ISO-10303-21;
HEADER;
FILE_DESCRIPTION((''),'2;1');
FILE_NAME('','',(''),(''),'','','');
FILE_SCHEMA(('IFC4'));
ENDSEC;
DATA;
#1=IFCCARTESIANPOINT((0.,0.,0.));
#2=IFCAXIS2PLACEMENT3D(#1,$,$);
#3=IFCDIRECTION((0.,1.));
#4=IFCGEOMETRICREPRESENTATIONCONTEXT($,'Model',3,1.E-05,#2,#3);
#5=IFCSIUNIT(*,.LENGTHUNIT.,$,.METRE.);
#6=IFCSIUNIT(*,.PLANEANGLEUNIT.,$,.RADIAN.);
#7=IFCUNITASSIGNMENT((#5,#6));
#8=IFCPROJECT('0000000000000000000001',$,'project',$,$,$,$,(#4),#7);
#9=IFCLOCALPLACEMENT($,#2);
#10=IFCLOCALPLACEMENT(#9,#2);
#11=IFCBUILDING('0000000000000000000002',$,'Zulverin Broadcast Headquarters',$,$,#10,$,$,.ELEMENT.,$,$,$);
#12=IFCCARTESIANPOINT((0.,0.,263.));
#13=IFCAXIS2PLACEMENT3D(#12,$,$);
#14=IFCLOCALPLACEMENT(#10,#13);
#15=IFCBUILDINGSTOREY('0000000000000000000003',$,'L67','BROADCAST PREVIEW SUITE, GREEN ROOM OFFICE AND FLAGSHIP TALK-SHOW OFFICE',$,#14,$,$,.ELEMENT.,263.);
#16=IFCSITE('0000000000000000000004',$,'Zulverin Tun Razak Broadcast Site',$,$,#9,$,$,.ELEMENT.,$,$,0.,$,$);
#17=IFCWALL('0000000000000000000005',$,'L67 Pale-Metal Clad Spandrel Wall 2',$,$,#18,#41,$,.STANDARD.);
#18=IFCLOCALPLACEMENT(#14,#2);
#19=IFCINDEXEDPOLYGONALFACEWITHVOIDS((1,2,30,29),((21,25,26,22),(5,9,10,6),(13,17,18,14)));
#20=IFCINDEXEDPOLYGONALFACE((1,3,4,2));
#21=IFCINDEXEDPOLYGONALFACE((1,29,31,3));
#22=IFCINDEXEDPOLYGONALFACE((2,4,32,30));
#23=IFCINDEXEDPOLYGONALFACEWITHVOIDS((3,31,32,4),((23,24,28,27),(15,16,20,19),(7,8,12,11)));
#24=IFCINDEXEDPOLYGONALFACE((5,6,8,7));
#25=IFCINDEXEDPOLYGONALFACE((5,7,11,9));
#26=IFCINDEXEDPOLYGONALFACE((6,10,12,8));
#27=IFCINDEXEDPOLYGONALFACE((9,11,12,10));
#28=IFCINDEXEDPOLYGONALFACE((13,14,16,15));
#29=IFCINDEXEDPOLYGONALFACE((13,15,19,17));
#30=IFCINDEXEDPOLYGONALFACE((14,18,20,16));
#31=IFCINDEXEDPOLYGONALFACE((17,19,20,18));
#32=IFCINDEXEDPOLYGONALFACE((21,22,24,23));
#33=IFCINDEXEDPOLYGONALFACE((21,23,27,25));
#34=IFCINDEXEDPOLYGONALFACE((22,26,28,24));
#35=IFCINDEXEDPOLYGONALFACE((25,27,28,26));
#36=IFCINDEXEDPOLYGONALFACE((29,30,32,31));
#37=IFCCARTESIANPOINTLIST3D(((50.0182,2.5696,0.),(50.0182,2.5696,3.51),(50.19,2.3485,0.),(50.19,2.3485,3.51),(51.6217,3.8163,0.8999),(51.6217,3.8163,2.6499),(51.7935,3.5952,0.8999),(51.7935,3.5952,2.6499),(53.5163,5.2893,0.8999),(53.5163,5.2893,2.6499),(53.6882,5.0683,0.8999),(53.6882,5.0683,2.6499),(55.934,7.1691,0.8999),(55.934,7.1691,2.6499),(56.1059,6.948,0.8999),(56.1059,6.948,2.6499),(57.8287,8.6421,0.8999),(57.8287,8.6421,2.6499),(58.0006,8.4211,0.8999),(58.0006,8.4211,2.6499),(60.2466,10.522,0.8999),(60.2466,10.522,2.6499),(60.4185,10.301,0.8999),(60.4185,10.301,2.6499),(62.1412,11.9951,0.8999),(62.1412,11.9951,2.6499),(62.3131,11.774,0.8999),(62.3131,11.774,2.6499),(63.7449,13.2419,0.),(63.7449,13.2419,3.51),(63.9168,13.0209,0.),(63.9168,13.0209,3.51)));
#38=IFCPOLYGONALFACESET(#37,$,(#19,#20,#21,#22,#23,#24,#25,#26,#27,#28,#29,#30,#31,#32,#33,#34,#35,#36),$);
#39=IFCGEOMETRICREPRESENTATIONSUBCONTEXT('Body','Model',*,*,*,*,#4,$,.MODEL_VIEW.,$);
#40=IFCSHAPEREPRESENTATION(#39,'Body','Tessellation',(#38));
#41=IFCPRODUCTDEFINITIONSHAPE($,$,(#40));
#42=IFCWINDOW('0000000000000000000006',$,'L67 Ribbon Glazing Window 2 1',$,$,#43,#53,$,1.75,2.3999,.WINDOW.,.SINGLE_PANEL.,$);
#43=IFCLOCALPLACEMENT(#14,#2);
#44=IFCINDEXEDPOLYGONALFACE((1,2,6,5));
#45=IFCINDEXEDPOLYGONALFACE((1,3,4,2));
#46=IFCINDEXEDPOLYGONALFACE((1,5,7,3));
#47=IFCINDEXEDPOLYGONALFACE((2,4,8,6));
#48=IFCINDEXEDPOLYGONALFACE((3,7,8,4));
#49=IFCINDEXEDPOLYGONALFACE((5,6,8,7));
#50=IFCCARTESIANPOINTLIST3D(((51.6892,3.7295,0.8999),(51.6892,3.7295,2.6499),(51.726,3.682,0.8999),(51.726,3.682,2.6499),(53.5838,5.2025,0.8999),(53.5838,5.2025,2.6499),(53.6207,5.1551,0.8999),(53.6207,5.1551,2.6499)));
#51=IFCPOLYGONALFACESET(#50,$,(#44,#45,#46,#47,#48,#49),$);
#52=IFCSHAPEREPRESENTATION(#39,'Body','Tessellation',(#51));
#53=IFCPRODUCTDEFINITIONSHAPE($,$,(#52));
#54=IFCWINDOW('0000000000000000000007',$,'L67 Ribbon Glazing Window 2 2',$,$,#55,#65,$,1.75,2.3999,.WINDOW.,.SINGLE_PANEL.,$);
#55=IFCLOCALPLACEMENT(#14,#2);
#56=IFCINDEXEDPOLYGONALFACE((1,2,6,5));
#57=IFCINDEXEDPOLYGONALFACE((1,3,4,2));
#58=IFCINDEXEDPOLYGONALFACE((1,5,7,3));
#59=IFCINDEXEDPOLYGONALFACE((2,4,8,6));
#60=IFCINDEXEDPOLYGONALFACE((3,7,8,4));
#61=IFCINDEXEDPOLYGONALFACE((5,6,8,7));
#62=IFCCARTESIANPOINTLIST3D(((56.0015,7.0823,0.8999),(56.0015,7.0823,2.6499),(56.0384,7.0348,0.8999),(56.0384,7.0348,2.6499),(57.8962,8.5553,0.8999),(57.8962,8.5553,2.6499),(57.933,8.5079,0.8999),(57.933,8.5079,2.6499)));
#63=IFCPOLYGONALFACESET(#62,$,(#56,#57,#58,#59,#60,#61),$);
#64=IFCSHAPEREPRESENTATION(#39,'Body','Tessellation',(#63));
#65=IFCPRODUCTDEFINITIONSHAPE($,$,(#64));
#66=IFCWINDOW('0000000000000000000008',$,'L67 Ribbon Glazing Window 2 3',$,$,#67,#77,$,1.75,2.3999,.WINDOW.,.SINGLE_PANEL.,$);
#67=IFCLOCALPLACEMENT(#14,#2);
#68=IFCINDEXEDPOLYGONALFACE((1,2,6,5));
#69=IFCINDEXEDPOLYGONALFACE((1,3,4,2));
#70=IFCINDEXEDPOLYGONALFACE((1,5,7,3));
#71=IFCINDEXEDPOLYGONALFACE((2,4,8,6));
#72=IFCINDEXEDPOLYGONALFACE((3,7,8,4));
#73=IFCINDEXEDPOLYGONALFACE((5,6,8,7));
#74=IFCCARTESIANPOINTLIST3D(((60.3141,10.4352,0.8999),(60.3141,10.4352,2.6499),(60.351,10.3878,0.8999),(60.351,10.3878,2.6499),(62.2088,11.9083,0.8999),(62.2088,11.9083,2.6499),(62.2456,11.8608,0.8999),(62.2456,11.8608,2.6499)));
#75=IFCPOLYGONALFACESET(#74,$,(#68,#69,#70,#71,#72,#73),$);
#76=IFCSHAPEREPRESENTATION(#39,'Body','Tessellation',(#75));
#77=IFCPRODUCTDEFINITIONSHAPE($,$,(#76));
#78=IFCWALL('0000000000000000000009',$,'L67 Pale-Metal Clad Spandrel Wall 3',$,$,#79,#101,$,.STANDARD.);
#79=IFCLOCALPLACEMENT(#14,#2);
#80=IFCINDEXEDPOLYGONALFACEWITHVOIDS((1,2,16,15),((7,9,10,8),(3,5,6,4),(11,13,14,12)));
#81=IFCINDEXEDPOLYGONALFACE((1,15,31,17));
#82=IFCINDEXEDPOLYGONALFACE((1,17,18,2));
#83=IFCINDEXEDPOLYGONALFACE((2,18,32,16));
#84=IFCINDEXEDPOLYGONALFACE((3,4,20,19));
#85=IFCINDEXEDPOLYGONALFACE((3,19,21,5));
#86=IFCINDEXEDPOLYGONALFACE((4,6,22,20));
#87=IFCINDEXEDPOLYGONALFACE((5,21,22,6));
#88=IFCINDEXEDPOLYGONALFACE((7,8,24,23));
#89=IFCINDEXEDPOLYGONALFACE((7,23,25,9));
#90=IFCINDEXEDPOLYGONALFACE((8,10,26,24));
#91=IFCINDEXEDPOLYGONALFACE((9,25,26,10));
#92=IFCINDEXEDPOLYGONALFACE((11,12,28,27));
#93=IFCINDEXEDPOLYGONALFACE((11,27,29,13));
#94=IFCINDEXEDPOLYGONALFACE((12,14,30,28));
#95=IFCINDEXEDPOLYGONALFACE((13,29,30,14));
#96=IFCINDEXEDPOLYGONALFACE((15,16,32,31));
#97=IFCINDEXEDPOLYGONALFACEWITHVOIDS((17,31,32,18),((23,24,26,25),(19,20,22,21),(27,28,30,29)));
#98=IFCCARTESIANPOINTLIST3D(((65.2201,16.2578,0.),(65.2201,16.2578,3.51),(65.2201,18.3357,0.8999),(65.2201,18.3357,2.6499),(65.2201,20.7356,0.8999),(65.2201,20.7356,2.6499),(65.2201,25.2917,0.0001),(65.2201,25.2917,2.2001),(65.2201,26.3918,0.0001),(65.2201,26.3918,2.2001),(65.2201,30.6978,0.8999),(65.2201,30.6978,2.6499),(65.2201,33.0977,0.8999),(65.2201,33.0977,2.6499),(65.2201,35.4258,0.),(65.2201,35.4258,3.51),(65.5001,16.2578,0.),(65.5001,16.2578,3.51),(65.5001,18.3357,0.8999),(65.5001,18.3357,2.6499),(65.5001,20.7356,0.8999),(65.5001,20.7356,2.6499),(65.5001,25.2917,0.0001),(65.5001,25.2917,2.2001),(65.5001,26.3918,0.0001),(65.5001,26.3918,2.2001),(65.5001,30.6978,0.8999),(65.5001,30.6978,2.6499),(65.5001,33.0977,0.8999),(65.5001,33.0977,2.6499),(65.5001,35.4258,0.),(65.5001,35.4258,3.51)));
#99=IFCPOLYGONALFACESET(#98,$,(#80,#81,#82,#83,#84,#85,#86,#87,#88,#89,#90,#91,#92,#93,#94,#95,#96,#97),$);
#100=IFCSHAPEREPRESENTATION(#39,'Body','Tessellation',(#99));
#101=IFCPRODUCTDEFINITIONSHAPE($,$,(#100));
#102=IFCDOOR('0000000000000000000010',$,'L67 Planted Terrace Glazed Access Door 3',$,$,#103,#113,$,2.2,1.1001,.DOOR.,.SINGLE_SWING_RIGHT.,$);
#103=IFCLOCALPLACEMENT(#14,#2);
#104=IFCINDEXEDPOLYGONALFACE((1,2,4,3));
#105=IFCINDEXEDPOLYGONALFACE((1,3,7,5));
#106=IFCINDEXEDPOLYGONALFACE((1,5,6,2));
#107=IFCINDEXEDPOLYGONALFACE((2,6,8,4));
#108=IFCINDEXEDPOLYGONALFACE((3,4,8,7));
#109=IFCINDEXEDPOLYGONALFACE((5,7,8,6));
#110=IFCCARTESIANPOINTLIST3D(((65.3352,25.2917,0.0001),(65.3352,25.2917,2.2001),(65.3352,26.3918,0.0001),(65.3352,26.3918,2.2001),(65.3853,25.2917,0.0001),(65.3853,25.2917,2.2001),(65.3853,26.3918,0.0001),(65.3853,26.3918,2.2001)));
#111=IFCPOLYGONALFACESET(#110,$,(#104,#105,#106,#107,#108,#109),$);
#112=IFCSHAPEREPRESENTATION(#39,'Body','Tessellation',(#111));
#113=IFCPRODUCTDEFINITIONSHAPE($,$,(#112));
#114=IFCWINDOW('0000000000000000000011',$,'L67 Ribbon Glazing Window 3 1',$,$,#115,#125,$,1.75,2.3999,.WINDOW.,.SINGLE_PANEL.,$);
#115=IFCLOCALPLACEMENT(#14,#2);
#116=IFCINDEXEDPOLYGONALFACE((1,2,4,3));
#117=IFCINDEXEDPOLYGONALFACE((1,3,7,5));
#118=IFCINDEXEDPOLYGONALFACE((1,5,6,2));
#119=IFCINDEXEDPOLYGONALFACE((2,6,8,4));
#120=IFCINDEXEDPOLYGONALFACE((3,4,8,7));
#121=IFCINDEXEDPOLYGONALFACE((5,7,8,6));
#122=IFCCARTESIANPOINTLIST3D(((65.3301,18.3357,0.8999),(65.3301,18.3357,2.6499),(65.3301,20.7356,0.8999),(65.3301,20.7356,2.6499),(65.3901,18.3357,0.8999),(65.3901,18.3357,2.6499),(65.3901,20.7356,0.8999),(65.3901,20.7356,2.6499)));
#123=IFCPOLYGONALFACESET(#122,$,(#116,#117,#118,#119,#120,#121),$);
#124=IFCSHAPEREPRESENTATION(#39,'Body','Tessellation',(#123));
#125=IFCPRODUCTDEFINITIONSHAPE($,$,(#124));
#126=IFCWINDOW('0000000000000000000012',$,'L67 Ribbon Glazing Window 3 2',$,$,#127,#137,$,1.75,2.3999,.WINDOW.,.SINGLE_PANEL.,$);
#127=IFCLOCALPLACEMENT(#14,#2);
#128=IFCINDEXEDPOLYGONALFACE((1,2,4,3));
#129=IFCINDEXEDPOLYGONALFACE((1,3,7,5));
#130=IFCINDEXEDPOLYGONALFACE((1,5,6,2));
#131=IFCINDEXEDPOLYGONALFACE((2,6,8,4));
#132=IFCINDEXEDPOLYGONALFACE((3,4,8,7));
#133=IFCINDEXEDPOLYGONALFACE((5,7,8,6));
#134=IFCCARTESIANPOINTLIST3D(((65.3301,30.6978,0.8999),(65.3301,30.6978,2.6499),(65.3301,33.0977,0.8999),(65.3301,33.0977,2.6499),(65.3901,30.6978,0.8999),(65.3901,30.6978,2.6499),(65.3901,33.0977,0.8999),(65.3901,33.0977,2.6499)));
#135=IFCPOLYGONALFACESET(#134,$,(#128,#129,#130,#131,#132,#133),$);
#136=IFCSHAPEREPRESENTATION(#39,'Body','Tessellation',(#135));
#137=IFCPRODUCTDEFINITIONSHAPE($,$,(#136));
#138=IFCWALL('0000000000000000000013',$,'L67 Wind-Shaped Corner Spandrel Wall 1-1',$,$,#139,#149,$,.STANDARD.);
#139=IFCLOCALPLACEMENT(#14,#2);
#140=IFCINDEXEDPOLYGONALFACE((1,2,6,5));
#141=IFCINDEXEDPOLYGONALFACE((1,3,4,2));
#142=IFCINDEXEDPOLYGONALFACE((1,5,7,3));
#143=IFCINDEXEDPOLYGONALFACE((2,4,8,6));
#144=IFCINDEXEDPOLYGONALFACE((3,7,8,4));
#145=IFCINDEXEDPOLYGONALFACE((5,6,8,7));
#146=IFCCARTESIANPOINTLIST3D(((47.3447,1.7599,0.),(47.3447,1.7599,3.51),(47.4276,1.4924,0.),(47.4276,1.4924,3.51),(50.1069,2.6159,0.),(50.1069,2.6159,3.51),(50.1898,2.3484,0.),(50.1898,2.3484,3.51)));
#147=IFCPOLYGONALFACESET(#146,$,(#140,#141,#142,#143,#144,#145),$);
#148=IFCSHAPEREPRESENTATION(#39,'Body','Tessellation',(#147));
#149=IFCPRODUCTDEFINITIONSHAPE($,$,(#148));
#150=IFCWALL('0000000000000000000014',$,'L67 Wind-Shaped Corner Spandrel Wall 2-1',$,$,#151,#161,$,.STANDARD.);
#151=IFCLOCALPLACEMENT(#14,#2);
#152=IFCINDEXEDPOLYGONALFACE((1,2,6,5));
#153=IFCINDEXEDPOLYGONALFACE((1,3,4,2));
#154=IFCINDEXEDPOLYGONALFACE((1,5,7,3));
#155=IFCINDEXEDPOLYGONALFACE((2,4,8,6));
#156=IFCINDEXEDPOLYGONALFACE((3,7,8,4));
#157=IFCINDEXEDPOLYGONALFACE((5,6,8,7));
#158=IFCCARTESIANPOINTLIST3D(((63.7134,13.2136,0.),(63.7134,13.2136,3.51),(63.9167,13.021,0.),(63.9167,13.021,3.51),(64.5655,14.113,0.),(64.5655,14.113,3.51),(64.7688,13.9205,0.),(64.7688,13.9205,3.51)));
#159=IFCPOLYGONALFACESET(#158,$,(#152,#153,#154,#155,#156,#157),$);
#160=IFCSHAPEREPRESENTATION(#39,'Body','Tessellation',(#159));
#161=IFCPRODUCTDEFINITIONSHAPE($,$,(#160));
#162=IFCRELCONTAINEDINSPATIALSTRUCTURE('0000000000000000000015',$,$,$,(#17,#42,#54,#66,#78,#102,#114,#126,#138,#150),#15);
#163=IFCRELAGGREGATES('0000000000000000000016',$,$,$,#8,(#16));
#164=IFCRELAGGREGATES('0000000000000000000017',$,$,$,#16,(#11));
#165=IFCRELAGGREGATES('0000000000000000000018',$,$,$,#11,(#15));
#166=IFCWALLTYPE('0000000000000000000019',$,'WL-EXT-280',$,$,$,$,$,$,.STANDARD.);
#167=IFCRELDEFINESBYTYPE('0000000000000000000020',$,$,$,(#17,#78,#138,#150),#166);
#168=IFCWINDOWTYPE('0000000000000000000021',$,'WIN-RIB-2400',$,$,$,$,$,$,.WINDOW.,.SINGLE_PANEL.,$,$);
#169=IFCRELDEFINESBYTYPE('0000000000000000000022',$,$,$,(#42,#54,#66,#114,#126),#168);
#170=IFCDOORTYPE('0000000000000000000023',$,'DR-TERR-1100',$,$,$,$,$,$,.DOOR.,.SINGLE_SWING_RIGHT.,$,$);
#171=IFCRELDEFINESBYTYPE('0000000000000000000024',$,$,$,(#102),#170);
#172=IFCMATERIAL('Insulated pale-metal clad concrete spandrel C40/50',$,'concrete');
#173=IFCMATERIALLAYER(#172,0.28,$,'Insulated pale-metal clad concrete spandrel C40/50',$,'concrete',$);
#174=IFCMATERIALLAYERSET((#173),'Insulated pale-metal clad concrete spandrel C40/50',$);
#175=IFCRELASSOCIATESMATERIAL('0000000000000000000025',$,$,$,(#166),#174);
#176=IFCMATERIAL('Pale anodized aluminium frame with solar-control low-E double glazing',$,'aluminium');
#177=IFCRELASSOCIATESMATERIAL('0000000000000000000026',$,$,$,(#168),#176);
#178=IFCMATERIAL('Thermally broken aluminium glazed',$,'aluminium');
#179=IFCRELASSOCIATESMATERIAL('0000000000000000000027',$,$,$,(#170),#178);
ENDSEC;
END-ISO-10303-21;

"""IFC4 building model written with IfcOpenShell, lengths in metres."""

from ifc_helpers import new_model, si_unit, direction, frame, frame_2d, origin, place, context, subcontext, project, spatial, rectangle, extrude, material, layer, layer_set, type_object, element, fill, save


model = new_model("IFC4")

# Units and contexts
model_context = context("Model", 3, precision=1e-05, world=origin(), true_north=direction((0.0, 1.0)))
body_context = subcontext(model_context, "Body", "Model", "MODEL_VIEW")
ifc_project = project(units=[si_unit("LENGTHUNIT", "METRE"), si_unit("PLANEANGLEUNIT", "RADIAN")], contexts=[model_context])

# Site, building, storey
site_placement = place(None, origin())
site = spatial("IfcSite", under=ifc_project, at=site_placement, Name="Zulverin Tun Razak Broadcast Site", CompositionType="ELEMENT", RefElevation=0.0)
building_placement = place(site_placement, origin())
building = spatial("IfcBuilding", under=site, at=building_placement, Name="Zulverin Broadcast Headquarters", CompositionType="ELEMENT")
storey_placement = place(building_placement, frame((0.0, 0.0, 263.0)))
storey = spatial("IfcBuildingStorey", under=building, at=storey_placement, Name="L67", Description="BROADCAST PREVIEW SUITE, GREEN ROOM OFFICE AND FLAGSHIP TALK-SHOW OFFICE", CompositionType="ELEMENT", Elevation=263.0)

# Wall, openings, windows
ifc_material_1 = material(Name="Insulated pale-metal clad concrete spandrel C40/50", Category="concrete")
ifc_layer_1 = layer(ifc_material_1, 0.28, Name="Insulated pale-metal clad concrete spandrel C40/50", Category="concrete")
ifc_layer_set_1 = layer_set([ifc_layer_1], Name="Insulated pale-metal clad concrete spandrel C40/50")
wall_type_1 = type_object("IfcWallType", Name="WL-EXT-280", PredefinedType="STANDARD", material=ifc_layer_set_1)
wall_1_placement = place(storey_placement, frame((50.104, 2.459, 0.0), z_axis=(0.0, 0.0, 1.0), x_axis=(0.789465, 0.613796, 0.0)))
wall_1 = element("IfcWall", 1, at=wall_1_placement, inside=storey, type_object=wall_type_1, Name="L67 Pale-Metal Clad Spandrel Wall 2", PredefinedType="STANDARD", context=body_context, shape_type="SweptSolid", body=[
    extrude(rectangle(XDim=17.3875, YDim=0.28, at=frame_2d((8.6938, 0.0))), origin(), (0.0, 0.0, 1.0), 3.51),
])
opening_1_placement = place(wall_1_placement, frame((2.0312, 0.0, 0.8999)))
opening_1 = element("IfcOpeningElement", 2, at=opening_1_placement, cuts=wall_1, PredefinedType="OPENING", context=body_context, shape_type="SweptSolid", body=[
    extrude(rectangle(XDim=2.3999, YDim=1.75, at=frame_2d((1.2, 0.875))), frame((0.0, 0.1499, 0.0), z_axis=(0.0, -1.0, 0.0), x_axis=(1.0, 0.0, 0.0)), (0.0, 0.0, 1.0), 0.3),
])
opening_2_placement = place(wall_1_placement, frame((7.4937, 0.0, 0.8999)))
opening_2 = element("IfcOpeningElement", 3, at=opening_2_placement, cuts=wall_1, PredefinedType="OPENING", context=body_context, shape_type="SweptSolid", body=[
    extrude(rectangle(XDim=2.3999, YDim=1.75, at=frame_2d((1.2, 0.875))), frame((0.0, 0.1499, 0.0), z_axis=(0.0, -1.0, 0.0), x_axis=(1.0, 0.0, 0.0)), (0.0, 0.0, 1.0), 0.3),
])
opening_3_placement = place(wall_1_placement, frame((12.9563, 0.0, 0.8999)))
opening_3 = element("IfcOpeningElement", 4, at=opening_3_placement, cuts=wall_1, PredefinedType="OPENING", context=body_context, shape_type="SweptSolid", body=[
    extrude(rectangle(XDim=2.3999, YDim=1.75, at=frame_2d((1.2, 0.875))), frame((0.0, 0.1499, 0.0), z_axis=(0.0, -1.0, 0.0), x_axis=(1.0, 0.0, 0.0)), (0.0, 0.0, 1.0), 0.3),
])
ifc_material_2 = material(Name="Pale anodized aluminium frame with solar-control low-E double glazing", Category="aluminium")
window_type = type_object("IfcWindowType", Name="WIN-RIB-2400", PartitioningType="SINGLE_PANEL", PredefinedType="WINDOW", material=ifc_material_2)
window_1_placement = place(opening_1_placement, origin())
window_1 = element("IfcWindow", 5, at=window_1_placement, inside=storey, type_object=window_type, Name="L67 Ribbon Glazing Window 2 1", OverallHeight=1.75, OverallWidth=2.3999, PartitioningType="SINGLE_PANEL", PredefinedType="WINDOW", context=body_context, shape_type="SweptSolid", body=[
    extrude(rectangle(XDim=2.3999, YDim=1.75, at=frame_2d((1.2, 0.875))), frame((0.0, 0.03, 0.0), z_axis=(0.0, -1.0, 0.0), x_axis=(1.0, 0.0, 0.0)), (0.0, 0.0, 1.0), 0.0601),
])
fill(opening_1, window_1)
window_2_placement = place(opening_2_placement, origin())
window_2 = element("IfcWindow", 6, at=window_2_placement, inside=storey, type_object=window_type, Name="L67 Ribbon Glazing Window 2 2", OverallHeight=1.75, OverallWidth=2.3999, PartitioningType="SINGLE_PANEL", PredefinedType="WINDOW", context=body_context, shape_type="SweptSolid", body=[
    extrude(rectangle(XDim=2.3999, YDim=1.75, at=frame_2d((1.2, 0.875))), frame((0.0, 0.03, 0.0), z_axis=(0.0, -1.0, 0.0), x_axis=(1.0, 0.0, 0.0)), (0.0, 0.0, 1.0), 0.0601),
])
fill(opening_2, window_2)
window_3_placement = place(opening_3_placement, origin())
window_3 = element("IfcWindow", 7, at=window_3_placement, inside=storey, type_object=window_type, Name="L67 Ribbon Glazing Window 2 3", OverallHeight=1.75, OverallWidth=2.3999, PartitioningType="SINGLE_PANEL", PredefinedType="WINDOW", context=body_context, shape_type="SweptSolid", body=[
    extrude(rectangle(XDim=2.3999, YDim=1.75, at=frame_2d((1.2, 0.875))), frame((0.0, 0.03, 0.0), z_axis=(0.0, -1.0, 0.0), x_axis=(1.0, 0.0, 0.0)), (0.0, 0.0, 1.0), 0.0601),
])
fill(opening_3, window_3)

# Wall, openings, door, windows
wall_2_placement = place(storey_placement, frame((65.3601, 16.2578, 0.0), z_axis=(0.0, 0.0, 1.0), x_axis=(0.0, 1.0, 0.0)))
wall_2 = element("IfcWall", 8, at=wall_2_placement, inside=storey, type_object=wall_type_1, Name="L67 Pale-Metal Clad Spandrel Wall 3", PredefinedType="STANDARD", context=body_context, shape_type="SweptSolid", body=[
    extrude(rectangle(XDim=19.168, YDim=0.28, at=frame_2d((9.584, 0.0))), origin(), (0.0, 0.0, 1.0), 3.51),
])
opening_4_placement = place(wall_2_placement, frame((9.0339, 0.0, 0.0)))
opening_4 = element("IfcOpeningElement", 9, at=opening_4_placement, cuts=wall_2, PredefinedType="OPENING", context=body_context, shape_type="SweptSolid", body=[
    extrude(rectangle(XDim=1.1001, YDim=2.2, at=frame_2d((0.55, 1.1001))), frame((0.0, 0.1499, 0.0), z_axis=(0.0, -1.0, 0.0), x_axis=(1.0, 0.0, 0.0)), (0.0, 0.0, 1.0), 0.3),
])
opening_5_placement = place(wall_2_placement, frame((2.0779, 0.0, 0.8999)))
opening_5 = element("IfcOpeningElement", 10, at=opening_5_placement, cuts=wall_2, PredefinedType="OPENING", context=body_context, shape_type="SweptSolid", body=[
    extrude(rectangle(XDim=2.3999, YDim=1.75, at=frame_2d((1.2, 0.875))), frame((0.0, 0.1499, 0.0), z_axis=(0.0, -1.0, 0.0), x_axis=(1.0, 0.0, 0.0)), (0.0, 0.0, 1.0), 0.3),
])
opening_6_placement = place(wall_2_placement, frame((14.4399, 0.0, 0.8999)))
opening_6 = element("IfcOpeningElement", 11, at=opening_6_placement, cuts=wall_2, PredefinedType="OPENING", context=body_context, shape_type="SweptSolid", body=[
    extrude(rectangle(XDim=2.3999, YDim=1.75, at=frame_2d((1.2, 0.875))), frame((0.0, 0.1499, 0.0), z_axis=(0.0, -1.0, 0.0), x_axis=(1.0, 0.0, 0.0)), (0.0, 0.0, 1.0), 0.3),
])
ifc_material_3 = material(Name="Thermally broken aluminium glazed", Category="aluminium")
door_type = type_object("IfcDoorType", Name="DR-TERR-1100", OperationType="SINGLE_SWING_RIGHT", PredefinedType="DOOR", material=ifc_material_3)
door_placement = place(opening_4_placement, origin())
door = element("IfcDoor", 12, at=door_placement, inside=storey, type_object=door_type, Name="L67 Planted Terrace Glazed Access Door 3", OperationType="SINGLE_SWING_RIGHT", OverallHeight=2.2, OverallWidth=1.1001, PredefinedType="DOOR", context=body_context, shape_type="SweptSolid", body=[
    extrude(rectangle(XDim=1.1001, YDim=2.2, at=frame_2d((0.55, 1.1001))), frame((0.0, 0.0249, 0.0), z_axis=(0.0, -1.0, 0.0), x_axis=(1.0, 0.0, 0.0)), (0.0, 0.0, 1.0), 0.05),
])
fill(opening_4, door)
window_4_placement = place(opening_5_placement, origin())
window_4 = element("IfcWindow", 13, at=window_4_placement, inside=storey, type_object=window_type, Name="L67 Ribbon Glazing Window 3 1", OverallHeight=1.75, OverallWidth=2.3999, PartitioningType="SINGLE_PANEL", PredefinedType="WINDOW", context=body_context, shape_type="SweptSolid", body=[
    extrude(rectangle(XDim=2.3999, YDim=1.75, at=frame_2d((1.2, 0.875))), frame((0.0, 0.03, 0.0), z_axis=(0.0, -1.0, 0.0), x_axis=(1.0, 0.0, 0.0)), (0.0, 0.0, 1.0), 0.0601),
])
fill(opening_5, window_4)
window_5_placement = place(opening_6_placement, origin())
window_5 = element("IfcWindow", 14, at=window_5_placement, inside=storey, type_object=window_type, Name="L67 Ribbon Glazing Window 3 2", OverallHeight=1.75, OverallWidth=2.3999, PartitioningType="SINGLE_PANEL", PredefinedType="WINDOW", context=body_context, shape_type="SweptSolid", body=[
    extrude(rectangle(XDim=2.3999, YDim=1.75, at=frame_2d((1.2, 0.875))), frame((0.0, 0.03, 0.0), z_axis=(0.0, -1.0, 0.0), x_axis=(1.0, 0.0, 0.0)), (0.0, 0.0, 1.0), 0.0601),
])
fill(opening_6, window_5)

# Walls
wall_3_placement = place(storey_placement, frame((47.3862, 1.6262, 0.0), z_axis=(0.0, 0.0, 1.0), x_axis=(0.955189, 0.295996, 0.0)))
element("IfcWall", 15, at=wall_3_placement, inside=storey, type_object=wall_type_1, Name="L67 Wind-Shaped Corner Spandrel Wall 1-1", PredefinedType="STANDARD", context=body_context, shape_type="SweptSolid", body=[
    extrude(rectangle(XDim=2.8918, YDim=0.28, at=frame_2d((1.4458, 0.0))), origin(), (0.0, 0.0, 1.0), 3.51),
])
wall_4_placement = place(storey_placement, frame((63.8149, 13.1172, 0.0), z_axis=(0.0, 0.0, 1.0), x_axis=(0.687734, 0.725963, 0.0)))
element("IfcWall", 16, at=wall_4_placement, inside=storey, type_object=wall_type_1, Name="L67 Wind-Shaped Corner Spandrel Wall 2-1", PredefinedType="STANDARD", context=body_context, shape_type="SweptSolid", body=[
    extrude(rectangle(XDim=1.239, YDim=0.28, at=frame_2d((0.6196, 0.0))), origin(), (0.0, 0.0, 1.0), 3.51),
])

save(model, "model.ifc")
